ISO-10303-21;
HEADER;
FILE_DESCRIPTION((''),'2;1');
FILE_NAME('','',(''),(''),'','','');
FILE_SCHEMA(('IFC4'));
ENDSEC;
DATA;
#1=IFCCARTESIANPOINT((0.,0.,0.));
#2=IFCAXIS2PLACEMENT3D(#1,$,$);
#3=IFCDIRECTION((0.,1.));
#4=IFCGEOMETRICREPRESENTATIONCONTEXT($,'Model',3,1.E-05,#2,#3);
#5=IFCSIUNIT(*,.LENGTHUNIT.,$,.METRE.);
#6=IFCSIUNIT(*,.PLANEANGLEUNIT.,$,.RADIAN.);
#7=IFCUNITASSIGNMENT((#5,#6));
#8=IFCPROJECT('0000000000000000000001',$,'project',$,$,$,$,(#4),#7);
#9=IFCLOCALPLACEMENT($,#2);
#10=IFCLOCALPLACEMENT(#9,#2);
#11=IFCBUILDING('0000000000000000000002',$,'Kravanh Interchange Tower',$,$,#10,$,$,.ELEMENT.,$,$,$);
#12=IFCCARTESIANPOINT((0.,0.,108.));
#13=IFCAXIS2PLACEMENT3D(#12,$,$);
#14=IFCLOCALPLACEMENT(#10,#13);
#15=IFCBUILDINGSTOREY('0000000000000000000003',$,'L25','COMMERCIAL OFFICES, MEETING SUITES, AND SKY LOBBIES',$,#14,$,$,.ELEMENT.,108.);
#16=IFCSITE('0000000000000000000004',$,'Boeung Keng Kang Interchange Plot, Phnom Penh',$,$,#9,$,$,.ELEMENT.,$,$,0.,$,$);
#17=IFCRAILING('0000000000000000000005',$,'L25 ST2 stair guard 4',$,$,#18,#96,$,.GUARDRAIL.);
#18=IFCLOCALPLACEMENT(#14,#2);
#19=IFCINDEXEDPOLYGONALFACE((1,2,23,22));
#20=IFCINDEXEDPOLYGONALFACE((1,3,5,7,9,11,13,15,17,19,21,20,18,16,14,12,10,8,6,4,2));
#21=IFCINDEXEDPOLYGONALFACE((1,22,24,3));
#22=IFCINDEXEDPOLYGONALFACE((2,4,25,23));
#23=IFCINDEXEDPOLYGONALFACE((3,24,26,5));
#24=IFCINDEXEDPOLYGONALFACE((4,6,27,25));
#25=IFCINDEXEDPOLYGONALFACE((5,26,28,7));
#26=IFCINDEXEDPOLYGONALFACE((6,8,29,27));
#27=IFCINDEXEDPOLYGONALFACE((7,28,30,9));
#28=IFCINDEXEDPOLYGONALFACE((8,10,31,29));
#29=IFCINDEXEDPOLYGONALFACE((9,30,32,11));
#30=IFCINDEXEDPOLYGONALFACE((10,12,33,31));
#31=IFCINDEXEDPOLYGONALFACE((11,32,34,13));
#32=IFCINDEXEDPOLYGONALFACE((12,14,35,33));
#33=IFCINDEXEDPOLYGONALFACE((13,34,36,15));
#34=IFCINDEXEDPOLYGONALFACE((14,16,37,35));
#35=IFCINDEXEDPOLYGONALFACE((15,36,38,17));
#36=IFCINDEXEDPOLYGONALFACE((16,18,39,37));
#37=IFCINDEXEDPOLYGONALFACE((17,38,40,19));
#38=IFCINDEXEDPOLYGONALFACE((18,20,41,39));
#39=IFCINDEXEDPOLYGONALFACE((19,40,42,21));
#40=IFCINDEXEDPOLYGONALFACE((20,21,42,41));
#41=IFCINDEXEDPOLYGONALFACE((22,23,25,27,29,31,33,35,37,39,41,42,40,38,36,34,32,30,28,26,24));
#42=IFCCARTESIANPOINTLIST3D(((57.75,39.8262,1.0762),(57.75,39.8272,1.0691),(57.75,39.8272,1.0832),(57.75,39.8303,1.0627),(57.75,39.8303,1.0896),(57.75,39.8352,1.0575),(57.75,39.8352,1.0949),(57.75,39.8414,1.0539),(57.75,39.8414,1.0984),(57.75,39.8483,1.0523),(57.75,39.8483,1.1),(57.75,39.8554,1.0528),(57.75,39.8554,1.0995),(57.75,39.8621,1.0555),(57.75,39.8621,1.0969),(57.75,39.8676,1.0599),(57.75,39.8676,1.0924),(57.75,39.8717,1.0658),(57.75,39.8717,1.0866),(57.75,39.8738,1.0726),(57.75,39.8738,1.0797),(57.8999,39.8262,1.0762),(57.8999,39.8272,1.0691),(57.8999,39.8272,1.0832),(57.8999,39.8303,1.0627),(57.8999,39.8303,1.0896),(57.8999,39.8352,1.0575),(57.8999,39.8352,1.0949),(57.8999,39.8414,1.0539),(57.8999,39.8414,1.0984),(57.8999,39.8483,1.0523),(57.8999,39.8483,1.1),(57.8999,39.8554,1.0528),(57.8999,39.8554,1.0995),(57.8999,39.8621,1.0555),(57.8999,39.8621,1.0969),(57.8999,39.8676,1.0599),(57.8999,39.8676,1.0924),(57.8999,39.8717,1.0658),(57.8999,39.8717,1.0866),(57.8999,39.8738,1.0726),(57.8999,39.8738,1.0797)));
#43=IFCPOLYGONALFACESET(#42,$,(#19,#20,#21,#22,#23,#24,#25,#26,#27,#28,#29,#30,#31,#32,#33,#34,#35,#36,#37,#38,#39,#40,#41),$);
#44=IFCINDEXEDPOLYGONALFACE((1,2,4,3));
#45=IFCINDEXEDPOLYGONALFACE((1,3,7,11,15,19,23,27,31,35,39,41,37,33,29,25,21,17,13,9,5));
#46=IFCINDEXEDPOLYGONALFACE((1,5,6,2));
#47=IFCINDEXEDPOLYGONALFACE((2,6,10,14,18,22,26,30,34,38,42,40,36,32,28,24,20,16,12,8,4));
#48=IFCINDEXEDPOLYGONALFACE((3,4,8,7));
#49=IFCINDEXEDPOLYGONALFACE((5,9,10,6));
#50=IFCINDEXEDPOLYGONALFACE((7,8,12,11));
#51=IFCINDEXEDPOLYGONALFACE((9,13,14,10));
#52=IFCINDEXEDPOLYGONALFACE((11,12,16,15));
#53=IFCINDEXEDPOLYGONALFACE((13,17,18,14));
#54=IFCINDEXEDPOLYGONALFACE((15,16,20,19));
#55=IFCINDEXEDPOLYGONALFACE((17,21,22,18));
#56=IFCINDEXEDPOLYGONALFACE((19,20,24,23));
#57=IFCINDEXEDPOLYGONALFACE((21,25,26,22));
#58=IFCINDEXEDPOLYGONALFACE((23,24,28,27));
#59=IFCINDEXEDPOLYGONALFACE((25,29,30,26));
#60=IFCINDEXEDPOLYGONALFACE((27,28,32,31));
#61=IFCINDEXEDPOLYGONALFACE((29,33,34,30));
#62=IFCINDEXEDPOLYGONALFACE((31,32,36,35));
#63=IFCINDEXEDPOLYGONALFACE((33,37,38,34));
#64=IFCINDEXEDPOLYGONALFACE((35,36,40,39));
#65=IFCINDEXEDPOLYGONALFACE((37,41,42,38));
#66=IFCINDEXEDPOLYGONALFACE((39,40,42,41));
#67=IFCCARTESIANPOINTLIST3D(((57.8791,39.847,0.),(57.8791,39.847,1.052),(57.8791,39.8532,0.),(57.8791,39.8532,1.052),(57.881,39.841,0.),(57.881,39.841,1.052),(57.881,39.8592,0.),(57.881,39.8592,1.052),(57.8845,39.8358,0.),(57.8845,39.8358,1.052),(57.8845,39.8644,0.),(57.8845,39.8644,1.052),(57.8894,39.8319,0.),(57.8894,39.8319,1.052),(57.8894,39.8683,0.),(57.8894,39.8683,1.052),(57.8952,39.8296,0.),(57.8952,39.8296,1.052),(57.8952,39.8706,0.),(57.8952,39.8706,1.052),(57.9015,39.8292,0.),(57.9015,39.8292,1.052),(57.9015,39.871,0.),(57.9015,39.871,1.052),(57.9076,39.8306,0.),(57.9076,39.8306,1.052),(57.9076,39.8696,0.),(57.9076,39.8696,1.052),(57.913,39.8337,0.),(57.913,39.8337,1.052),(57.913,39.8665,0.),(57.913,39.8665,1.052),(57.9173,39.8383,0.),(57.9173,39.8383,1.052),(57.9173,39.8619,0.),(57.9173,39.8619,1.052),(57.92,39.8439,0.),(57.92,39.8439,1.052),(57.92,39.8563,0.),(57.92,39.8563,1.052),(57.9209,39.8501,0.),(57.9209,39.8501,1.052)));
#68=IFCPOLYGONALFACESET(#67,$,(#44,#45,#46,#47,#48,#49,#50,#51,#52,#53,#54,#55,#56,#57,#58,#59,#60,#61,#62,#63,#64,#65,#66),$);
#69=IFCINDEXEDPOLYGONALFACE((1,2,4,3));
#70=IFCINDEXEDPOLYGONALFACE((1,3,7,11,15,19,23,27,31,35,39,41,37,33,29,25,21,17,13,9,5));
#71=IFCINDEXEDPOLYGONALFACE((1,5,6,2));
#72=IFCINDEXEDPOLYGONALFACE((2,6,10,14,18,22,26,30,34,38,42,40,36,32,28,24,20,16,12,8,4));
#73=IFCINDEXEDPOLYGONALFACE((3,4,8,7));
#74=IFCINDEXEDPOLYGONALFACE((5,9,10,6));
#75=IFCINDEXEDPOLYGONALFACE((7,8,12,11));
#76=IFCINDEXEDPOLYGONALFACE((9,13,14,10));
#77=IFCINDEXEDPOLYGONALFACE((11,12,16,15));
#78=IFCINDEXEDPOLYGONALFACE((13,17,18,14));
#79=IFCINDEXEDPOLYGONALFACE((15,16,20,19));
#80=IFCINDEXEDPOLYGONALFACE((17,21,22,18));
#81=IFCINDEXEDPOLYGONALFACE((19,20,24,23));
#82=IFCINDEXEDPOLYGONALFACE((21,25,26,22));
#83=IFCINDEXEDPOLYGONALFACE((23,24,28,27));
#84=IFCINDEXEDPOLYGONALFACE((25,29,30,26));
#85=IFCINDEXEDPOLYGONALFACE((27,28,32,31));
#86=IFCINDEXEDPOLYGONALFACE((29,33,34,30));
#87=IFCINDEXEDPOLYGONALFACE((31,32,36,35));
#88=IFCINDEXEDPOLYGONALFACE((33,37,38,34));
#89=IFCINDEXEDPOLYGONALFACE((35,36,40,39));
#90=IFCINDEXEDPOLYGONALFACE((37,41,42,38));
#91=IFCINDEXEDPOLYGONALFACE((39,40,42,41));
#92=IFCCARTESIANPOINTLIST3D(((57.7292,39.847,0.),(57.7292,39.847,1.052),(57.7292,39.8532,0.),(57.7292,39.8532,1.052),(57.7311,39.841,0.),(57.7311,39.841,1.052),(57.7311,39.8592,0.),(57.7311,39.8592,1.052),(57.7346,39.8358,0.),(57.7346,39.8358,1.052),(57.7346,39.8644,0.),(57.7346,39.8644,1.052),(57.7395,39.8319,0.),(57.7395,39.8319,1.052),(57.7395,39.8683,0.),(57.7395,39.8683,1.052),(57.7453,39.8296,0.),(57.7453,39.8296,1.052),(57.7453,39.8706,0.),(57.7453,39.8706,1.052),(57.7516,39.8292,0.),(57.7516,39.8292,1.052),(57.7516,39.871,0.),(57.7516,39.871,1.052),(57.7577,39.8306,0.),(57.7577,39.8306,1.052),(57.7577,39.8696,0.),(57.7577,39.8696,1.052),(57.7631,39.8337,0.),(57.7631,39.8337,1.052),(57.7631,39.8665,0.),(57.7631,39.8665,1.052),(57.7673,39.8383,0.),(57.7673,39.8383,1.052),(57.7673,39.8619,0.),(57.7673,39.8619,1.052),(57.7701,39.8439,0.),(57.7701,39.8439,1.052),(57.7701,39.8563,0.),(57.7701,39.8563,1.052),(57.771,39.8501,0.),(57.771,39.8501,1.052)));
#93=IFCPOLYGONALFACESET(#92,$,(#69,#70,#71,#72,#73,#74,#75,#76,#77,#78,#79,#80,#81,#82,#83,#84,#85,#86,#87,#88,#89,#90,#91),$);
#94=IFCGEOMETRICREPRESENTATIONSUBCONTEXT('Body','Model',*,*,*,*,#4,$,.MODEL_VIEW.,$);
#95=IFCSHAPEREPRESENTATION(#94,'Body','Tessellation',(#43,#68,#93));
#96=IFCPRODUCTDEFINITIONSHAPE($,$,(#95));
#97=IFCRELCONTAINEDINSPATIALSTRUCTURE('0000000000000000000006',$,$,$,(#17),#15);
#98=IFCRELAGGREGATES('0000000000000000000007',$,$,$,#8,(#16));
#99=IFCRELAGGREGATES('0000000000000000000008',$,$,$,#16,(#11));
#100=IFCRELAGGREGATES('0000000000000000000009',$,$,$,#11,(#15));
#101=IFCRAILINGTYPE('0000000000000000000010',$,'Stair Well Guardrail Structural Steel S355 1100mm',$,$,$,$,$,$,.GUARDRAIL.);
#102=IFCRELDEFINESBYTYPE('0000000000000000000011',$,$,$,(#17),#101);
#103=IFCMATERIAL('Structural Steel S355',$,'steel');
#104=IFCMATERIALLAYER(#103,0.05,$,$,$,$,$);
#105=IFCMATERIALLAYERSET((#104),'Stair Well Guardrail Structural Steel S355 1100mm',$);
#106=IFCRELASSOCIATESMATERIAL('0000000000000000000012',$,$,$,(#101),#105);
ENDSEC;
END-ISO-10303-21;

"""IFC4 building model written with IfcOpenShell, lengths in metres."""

from ifc_helpers import new_model, si_unit, direction, frame, origin, origin_2d, place, context, subcontext, project, spatial, circle, extrude, material, layer, layer_set, type_object, element, save


model = new_model("IFC4")

# Units and contexts
model_context = context("Model", 3, precision=1e-05, world=origin(), true_north=direction((0.0, 1.0)))
body_context = subcontext(model_context, "Body", "Model", "MODEL_VIEW")
ifc_project = project(units=[si_unit("LENGTHUNIT", "METRE"), si_unit("PLANEANGLEUNIT", "RADIAN")], contexts=[model_context])

# Site, building, storey
site_placement = place(None, origin())
site = spatial("IfcSite", under=ifc_project, at=site_placement, Name="Boeung Keng Kang Interchange Plot, Phnom Penh", CompositionType="ELEMENT", RefElevation=0.0)
building_placement = place(site_placement, origin())
building = spatial("IfcBuilding", under=site, at=building_placement, Name="Kravanh Interchange Tower", CompositionType="ELEMENT")
storey_placement = place(building_placement, frame((0.0, 0.0, 108.0)))
storey = spatial("IfcBuildingStorey", under=building, at=storey_placement, Name="L25", Description="COMMERCIAL OFFICES, MEETING SUITES, AND SKY LOBBIES", CompositionType="ELEMENT", Elevation=108.0)

# Railing
ifc_material_1 = material(Name="Structural Steel S355", Category="steel")
ifc_layer_1 = layer(ifc_material_1, 0.05)
ifc_layer_set_1 = layer_set([ifc_layer_1], Name="Stair Well Guardrail Structural Steel S355 1100mm")
railing_type_1 = type_object("IfcRailingType", Name="Stair Well Guardrail Structural Steel S355 1100mm", PredefinedType="GUARDRAIL", material=ifc_layer_set_1)
railing_1_placement = place(storey_placement, frame((57.8999, 39.8501, 0.0)))
element("IfcRailing", 1, at=railing_1_placement, inside=storey, type_object=railing_type_1, Name="L25 ST2 stair guard 4", PredefinedType="GUARDRAIL", context=body_context, shape_type="SweptSolid", body=[
    extrude(circle(Radius=0.0239, at=origin_2d()), frame((0.0, 0.0, 1.0762), z_axis=(-1.0, 0.0, 0.0), x_axis=(0.0, -1.0, 0.0)), (0.0, 0.0, 1.0), 0.1499),
    extrude(circle(Radius=0.021, at=origin_2d()), origin(), (0.0, 0.0, 1.0), 1.052),
    extrude(circle(Radius=0.021, at=origin_2d()), frame((-0.1499, 0.0, 0.0)), (0.0, 0.0, 1.0), 1.052),
])

save(model, "model.ifc")
